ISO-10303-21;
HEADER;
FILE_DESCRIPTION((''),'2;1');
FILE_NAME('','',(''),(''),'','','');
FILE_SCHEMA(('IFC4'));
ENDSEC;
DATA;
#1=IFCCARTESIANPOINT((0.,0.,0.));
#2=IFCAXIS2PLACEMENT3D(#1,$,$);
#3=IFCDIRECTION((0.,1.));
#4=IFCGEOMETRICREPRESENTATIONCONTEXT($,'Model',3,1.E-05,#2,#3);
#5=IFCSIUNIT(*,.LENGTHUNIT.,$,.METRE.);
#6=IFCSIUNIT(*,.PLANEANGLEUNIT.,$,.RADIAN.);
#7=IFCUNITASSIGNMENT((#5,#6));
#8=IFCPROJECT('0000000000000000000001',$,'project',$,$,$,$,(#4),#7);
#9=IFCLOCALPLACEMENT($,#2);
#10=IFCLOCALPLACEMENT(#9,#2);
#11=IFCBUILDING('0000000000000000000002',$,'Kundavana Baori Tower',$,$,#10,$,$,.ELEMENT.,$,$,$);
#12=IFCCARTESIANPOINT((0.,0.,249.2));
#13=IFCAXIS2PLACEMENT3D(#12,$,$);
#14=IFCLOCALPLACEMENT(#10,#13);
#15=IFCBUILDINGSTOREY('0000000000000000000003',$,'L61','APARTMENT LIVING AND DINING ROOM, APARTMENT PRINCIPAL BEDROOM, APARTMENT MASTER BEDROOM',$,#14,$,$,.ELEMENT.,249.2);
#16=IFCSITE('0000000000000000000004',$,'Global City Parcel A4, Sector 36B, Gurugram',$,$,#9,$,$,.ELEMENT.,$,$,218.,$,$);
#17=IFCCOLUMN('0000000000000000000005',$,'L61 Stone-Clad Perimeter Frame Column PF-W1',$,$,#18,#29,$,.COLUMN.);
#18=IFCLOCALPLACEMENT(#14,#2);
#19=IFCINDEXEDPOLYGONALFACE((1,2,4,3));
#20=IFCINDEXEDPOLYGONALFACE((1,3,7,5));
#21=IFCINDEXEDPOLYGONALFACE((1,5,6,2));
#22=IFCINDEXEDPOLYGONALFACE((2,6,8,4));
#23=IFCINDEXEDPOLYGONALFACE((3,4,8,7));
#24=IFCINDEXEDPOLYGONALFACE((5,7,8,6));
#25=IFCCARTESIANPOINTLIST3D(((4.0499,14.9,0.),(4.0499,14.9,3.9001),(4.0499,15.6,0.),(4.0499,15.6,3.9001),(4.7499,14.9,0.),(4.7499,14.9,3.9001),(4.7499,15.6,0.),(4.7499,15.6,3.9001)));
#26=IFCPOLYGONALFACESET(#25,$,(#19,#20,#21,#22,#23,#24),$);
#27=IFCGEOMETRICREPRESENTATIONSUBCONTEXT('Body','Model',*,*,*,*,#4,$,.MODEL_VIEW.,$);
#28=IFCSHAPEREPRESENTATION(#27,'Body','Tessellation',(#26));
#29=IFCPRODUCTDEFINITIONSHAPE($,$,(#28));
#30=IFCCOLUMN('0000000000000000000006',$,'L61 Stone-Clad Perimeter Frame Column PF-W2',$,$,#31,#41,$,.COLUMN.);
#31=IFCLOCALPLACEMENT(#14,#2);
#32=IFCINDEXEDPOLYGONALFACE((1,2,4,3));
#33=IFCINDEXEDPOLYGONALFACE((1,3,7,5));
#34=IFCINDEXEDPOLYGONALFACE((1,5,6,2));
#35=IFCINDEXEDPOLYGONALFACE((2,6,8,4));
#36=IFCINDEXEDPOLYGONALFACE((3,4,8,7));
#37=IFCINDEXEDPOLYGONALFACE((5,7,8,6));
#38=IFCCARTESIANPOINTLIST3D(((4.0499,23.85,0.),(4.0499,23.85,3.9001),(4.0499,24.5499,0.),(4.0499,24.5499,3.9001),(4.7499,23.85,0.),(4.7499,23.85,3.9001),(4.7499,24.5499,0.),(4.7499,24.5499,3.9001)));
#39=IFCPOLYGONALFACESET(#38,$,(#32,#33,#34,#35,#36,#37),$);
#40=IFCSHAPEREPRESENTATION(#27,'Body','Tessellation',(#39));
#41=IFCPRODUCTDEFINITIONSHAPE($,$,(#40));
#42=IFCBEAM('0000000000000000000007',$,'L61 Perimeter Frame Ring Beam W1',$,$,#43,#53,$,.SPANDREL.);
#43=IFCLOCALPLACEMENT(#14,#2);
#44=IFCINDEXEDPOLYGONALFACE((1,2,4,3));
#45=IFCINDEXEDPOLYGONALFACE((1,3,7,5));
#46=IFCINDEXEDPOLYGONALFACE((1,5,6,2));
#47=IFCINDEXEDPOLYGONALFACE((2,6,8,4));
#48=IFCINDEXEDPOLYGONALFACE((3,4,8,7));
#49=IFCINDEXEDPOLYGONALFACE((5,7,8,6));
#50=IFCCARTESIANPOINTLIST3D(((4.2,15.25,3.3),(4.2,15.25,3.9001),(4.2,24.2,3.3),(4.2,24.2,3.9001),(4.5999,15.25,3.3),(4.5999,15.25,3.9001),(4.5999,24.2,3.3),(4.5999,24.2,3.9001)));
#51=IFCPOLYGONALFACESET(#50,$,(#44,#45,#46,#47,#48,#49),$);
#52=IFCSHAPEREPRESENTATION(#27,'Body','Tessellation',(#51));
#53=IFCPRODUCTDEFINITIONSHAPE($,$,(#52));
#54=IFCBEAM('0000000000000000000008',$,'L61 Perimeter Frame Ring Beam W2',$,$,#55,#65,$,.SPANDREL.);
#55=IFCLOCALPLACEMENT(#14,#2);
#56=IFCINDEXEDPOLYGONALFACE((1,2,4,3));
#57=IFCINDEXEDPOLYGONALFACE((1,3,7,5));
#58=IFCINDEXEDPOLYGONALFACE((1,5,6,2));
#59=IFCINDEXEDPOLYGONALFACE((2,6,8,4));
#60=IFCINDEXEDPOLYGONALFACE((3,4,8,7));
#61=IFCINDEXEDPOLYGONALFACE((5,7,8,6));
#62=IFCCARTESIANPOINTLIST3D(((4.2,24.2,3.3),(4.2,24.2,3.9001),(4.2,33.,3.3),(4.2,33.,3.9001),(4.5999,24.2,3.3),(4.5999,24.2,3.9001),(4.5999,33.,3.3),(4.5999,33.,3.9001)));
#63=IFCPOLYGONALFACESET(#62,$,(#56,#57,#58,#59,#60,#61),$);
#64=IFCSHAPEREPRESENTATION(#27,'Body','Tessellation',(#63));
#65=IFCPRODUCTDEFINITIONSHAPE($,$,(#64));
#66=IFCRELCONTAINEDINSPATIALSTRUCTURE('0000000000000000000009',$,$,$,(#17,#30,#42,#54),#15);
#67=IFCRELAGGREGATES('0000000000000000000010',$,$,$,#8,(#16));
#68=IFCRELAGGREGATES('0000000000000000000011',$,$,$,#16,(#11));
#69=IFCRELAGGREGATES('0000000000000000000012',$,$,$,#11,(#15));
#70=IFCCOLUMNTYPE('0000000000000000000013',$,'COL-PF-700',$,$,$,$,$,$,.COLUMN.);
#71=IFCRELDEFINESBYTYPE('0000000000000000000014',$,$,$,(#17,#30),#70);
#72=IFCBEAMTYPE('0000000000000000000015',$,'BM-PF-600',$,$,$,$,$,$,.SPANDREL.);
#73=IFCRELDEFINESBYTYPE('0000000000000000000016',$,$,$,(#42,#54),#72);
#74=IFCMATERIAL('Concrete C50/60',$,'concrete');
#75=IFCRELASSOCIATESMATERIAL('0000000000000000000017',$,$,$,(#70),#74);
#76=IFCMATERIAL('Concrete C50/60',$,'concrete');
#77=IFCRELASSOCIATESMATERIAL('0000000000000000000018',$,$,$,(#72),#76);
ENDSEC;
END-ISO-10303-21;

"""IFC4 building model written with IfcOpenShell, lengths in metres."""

from ifc_helpers import new_model, si_unit, direction, frame, origin, origin_2d, place, context, subcontext, project, spatial, rectangle, extrude, material, material_profile, profile_set, type_object, element, save


model = new_model("IFC4")

# Units and contexts
model_context = context("Model", 3, precision=1e-05, world=origin(), true_north=direction((0.0, 1.0)))
body_context = subcontext(model_context, "Body", "Model", "MODEL_VIEW")
ifc_project = project(units=[si_unit("LENGTHUNIT", "METRE"), si_unit("PLANEANGLEUNIT", "RADIAN")], contexts=[model_context])

# Site, building, storey
site_placement = place(None, origin())
site = spatial("IfcSite", under=ifc_project, at=site_placement, Name="Global City Parcel A4, Sector 36B, Gurugram", CompositionType="ELEMENT", RefElevation=218.0)
building_placement = place(site_placement, origin())
building = spatial("IfcBuilding", under=site, at=building_placement, Name="Kundavana Baori Tower", CompositionType="ELEMENT")
storey_placement = place(building_placement, frame((0.0, 0.0, 249.2)))
storey = spatial("IfcBuildingStorey", under=building, at=storey_placement, Name="L61", Description="APARTMENT LIVING AND DINING ROOM, APARTMENT PRINCIPAL BEDROOM, APARTMENT MASTER BEDROOM", CompositionType="ELEMENT", Elevation=249.2)

# Columns
ifc_material_1 = material(Name="Concrete C50/60", Category="concrete")
ifc_material_profile_1 = material_profile(ifc_material_1, rectangle(XDim=0.7, YDim=0.7, at=origin_2d()), Name="RC PF 700x700")
ifc_profile_set_1 = profile_set([ifc_material_profile_1], Name="Concrete C50/60")
column_type = type_object("IfcColumnType", Name="COL-PF-700", PredefinedType="COLUMN", material=ifc_profile_set_1)
for number, where, z_axis, x_axis, name in (
    (1, (4.3999, 15.25, 0.0), (0.0, 0.0, 1.0), (1.0, 0.0, 0.0), "L61 Stone-Clad Perimeter Frame Column PF-W1"),
    (2, (4.3999, 24.2, 0.0), (0.0, 0.0, 1.0), (1.0, 0.0, 0.0), "L61 Stone-Clad Perimeter Frame Column PF-W2"),
):
    element("IfcColumn", number, at=place(storey_placement, frame(where, z_axis=z_axis, x_axis=x_axis)), inside=storey, type_object=column_type, Name=name, PredefinedType="COLUMN", context=body_context, shape_type="SweptSolid", body=[
        extrude(rectangle(XDim=0.7, YDim=0.7, at=origin_2d()), origin(), (0.0, 0.0, 1.0), 3.9001),
    ])

# Beams
ifc_material_2 = material(Name="Concrete C50/60", Category="concrete")
ifc_material_profile_2 = material_profile(ifc_material_2, rectangle(XDim=0.3999, YDim=0.6001, at=origin_2d()), Name="RC BM 400x600")
ifc_profile_set_2 = profile_set([ifc_material_profile_2], Name="Concrete C50/60")
beam_type = type_object("IfcBeamType", Name="BM-PF-600", PredefinedType="SPANDREL", material=ifc_profile_set_2)
beam_1_placement = place(storey_placement, frame((4.3999, 15.25, 3.6001), z_axis=(0.0, 1.0, 0.0), x_axis=(-1.0, 0.0, 0.0)))
element("IfcBeam", 3, at=beam_1_placement, inside=storey, type_object=beam_type, Name="L61 Perimeter Frame Ring Beam W1", PredefinedType="SPANDREL", context=body_context, shape_type="SweptSolid", body=[
    extrude(rectangle(XDim=0.3999, YDim=0.6001, at=origin_2d()), origin(), (0.0, 0.0, 1.0), 8.95),
])
beam_2_placement = place(storey_placement, frame((4.3999, 24.2, 3.6001), z_axis=(0.0, 1.0, 0.0), x_axis=(-1.0, 0.0, 0.0)))
element("IfcBeam", 4, at=beam_2_placement, inside=storey, type_object=beam_type, Name="L61 Perimeter Frame Ring Beam W2", PredefinedType="SPANDREL", context=body_context, shape_type="SweptSolid", body=[
    extrude(rectangle(XDim=0.3999, YDim=0.6001, at=origin_2d()), origin(), (0.0, 0.0, 1.0), 8.8),
])

save(model, "model.ifc")
